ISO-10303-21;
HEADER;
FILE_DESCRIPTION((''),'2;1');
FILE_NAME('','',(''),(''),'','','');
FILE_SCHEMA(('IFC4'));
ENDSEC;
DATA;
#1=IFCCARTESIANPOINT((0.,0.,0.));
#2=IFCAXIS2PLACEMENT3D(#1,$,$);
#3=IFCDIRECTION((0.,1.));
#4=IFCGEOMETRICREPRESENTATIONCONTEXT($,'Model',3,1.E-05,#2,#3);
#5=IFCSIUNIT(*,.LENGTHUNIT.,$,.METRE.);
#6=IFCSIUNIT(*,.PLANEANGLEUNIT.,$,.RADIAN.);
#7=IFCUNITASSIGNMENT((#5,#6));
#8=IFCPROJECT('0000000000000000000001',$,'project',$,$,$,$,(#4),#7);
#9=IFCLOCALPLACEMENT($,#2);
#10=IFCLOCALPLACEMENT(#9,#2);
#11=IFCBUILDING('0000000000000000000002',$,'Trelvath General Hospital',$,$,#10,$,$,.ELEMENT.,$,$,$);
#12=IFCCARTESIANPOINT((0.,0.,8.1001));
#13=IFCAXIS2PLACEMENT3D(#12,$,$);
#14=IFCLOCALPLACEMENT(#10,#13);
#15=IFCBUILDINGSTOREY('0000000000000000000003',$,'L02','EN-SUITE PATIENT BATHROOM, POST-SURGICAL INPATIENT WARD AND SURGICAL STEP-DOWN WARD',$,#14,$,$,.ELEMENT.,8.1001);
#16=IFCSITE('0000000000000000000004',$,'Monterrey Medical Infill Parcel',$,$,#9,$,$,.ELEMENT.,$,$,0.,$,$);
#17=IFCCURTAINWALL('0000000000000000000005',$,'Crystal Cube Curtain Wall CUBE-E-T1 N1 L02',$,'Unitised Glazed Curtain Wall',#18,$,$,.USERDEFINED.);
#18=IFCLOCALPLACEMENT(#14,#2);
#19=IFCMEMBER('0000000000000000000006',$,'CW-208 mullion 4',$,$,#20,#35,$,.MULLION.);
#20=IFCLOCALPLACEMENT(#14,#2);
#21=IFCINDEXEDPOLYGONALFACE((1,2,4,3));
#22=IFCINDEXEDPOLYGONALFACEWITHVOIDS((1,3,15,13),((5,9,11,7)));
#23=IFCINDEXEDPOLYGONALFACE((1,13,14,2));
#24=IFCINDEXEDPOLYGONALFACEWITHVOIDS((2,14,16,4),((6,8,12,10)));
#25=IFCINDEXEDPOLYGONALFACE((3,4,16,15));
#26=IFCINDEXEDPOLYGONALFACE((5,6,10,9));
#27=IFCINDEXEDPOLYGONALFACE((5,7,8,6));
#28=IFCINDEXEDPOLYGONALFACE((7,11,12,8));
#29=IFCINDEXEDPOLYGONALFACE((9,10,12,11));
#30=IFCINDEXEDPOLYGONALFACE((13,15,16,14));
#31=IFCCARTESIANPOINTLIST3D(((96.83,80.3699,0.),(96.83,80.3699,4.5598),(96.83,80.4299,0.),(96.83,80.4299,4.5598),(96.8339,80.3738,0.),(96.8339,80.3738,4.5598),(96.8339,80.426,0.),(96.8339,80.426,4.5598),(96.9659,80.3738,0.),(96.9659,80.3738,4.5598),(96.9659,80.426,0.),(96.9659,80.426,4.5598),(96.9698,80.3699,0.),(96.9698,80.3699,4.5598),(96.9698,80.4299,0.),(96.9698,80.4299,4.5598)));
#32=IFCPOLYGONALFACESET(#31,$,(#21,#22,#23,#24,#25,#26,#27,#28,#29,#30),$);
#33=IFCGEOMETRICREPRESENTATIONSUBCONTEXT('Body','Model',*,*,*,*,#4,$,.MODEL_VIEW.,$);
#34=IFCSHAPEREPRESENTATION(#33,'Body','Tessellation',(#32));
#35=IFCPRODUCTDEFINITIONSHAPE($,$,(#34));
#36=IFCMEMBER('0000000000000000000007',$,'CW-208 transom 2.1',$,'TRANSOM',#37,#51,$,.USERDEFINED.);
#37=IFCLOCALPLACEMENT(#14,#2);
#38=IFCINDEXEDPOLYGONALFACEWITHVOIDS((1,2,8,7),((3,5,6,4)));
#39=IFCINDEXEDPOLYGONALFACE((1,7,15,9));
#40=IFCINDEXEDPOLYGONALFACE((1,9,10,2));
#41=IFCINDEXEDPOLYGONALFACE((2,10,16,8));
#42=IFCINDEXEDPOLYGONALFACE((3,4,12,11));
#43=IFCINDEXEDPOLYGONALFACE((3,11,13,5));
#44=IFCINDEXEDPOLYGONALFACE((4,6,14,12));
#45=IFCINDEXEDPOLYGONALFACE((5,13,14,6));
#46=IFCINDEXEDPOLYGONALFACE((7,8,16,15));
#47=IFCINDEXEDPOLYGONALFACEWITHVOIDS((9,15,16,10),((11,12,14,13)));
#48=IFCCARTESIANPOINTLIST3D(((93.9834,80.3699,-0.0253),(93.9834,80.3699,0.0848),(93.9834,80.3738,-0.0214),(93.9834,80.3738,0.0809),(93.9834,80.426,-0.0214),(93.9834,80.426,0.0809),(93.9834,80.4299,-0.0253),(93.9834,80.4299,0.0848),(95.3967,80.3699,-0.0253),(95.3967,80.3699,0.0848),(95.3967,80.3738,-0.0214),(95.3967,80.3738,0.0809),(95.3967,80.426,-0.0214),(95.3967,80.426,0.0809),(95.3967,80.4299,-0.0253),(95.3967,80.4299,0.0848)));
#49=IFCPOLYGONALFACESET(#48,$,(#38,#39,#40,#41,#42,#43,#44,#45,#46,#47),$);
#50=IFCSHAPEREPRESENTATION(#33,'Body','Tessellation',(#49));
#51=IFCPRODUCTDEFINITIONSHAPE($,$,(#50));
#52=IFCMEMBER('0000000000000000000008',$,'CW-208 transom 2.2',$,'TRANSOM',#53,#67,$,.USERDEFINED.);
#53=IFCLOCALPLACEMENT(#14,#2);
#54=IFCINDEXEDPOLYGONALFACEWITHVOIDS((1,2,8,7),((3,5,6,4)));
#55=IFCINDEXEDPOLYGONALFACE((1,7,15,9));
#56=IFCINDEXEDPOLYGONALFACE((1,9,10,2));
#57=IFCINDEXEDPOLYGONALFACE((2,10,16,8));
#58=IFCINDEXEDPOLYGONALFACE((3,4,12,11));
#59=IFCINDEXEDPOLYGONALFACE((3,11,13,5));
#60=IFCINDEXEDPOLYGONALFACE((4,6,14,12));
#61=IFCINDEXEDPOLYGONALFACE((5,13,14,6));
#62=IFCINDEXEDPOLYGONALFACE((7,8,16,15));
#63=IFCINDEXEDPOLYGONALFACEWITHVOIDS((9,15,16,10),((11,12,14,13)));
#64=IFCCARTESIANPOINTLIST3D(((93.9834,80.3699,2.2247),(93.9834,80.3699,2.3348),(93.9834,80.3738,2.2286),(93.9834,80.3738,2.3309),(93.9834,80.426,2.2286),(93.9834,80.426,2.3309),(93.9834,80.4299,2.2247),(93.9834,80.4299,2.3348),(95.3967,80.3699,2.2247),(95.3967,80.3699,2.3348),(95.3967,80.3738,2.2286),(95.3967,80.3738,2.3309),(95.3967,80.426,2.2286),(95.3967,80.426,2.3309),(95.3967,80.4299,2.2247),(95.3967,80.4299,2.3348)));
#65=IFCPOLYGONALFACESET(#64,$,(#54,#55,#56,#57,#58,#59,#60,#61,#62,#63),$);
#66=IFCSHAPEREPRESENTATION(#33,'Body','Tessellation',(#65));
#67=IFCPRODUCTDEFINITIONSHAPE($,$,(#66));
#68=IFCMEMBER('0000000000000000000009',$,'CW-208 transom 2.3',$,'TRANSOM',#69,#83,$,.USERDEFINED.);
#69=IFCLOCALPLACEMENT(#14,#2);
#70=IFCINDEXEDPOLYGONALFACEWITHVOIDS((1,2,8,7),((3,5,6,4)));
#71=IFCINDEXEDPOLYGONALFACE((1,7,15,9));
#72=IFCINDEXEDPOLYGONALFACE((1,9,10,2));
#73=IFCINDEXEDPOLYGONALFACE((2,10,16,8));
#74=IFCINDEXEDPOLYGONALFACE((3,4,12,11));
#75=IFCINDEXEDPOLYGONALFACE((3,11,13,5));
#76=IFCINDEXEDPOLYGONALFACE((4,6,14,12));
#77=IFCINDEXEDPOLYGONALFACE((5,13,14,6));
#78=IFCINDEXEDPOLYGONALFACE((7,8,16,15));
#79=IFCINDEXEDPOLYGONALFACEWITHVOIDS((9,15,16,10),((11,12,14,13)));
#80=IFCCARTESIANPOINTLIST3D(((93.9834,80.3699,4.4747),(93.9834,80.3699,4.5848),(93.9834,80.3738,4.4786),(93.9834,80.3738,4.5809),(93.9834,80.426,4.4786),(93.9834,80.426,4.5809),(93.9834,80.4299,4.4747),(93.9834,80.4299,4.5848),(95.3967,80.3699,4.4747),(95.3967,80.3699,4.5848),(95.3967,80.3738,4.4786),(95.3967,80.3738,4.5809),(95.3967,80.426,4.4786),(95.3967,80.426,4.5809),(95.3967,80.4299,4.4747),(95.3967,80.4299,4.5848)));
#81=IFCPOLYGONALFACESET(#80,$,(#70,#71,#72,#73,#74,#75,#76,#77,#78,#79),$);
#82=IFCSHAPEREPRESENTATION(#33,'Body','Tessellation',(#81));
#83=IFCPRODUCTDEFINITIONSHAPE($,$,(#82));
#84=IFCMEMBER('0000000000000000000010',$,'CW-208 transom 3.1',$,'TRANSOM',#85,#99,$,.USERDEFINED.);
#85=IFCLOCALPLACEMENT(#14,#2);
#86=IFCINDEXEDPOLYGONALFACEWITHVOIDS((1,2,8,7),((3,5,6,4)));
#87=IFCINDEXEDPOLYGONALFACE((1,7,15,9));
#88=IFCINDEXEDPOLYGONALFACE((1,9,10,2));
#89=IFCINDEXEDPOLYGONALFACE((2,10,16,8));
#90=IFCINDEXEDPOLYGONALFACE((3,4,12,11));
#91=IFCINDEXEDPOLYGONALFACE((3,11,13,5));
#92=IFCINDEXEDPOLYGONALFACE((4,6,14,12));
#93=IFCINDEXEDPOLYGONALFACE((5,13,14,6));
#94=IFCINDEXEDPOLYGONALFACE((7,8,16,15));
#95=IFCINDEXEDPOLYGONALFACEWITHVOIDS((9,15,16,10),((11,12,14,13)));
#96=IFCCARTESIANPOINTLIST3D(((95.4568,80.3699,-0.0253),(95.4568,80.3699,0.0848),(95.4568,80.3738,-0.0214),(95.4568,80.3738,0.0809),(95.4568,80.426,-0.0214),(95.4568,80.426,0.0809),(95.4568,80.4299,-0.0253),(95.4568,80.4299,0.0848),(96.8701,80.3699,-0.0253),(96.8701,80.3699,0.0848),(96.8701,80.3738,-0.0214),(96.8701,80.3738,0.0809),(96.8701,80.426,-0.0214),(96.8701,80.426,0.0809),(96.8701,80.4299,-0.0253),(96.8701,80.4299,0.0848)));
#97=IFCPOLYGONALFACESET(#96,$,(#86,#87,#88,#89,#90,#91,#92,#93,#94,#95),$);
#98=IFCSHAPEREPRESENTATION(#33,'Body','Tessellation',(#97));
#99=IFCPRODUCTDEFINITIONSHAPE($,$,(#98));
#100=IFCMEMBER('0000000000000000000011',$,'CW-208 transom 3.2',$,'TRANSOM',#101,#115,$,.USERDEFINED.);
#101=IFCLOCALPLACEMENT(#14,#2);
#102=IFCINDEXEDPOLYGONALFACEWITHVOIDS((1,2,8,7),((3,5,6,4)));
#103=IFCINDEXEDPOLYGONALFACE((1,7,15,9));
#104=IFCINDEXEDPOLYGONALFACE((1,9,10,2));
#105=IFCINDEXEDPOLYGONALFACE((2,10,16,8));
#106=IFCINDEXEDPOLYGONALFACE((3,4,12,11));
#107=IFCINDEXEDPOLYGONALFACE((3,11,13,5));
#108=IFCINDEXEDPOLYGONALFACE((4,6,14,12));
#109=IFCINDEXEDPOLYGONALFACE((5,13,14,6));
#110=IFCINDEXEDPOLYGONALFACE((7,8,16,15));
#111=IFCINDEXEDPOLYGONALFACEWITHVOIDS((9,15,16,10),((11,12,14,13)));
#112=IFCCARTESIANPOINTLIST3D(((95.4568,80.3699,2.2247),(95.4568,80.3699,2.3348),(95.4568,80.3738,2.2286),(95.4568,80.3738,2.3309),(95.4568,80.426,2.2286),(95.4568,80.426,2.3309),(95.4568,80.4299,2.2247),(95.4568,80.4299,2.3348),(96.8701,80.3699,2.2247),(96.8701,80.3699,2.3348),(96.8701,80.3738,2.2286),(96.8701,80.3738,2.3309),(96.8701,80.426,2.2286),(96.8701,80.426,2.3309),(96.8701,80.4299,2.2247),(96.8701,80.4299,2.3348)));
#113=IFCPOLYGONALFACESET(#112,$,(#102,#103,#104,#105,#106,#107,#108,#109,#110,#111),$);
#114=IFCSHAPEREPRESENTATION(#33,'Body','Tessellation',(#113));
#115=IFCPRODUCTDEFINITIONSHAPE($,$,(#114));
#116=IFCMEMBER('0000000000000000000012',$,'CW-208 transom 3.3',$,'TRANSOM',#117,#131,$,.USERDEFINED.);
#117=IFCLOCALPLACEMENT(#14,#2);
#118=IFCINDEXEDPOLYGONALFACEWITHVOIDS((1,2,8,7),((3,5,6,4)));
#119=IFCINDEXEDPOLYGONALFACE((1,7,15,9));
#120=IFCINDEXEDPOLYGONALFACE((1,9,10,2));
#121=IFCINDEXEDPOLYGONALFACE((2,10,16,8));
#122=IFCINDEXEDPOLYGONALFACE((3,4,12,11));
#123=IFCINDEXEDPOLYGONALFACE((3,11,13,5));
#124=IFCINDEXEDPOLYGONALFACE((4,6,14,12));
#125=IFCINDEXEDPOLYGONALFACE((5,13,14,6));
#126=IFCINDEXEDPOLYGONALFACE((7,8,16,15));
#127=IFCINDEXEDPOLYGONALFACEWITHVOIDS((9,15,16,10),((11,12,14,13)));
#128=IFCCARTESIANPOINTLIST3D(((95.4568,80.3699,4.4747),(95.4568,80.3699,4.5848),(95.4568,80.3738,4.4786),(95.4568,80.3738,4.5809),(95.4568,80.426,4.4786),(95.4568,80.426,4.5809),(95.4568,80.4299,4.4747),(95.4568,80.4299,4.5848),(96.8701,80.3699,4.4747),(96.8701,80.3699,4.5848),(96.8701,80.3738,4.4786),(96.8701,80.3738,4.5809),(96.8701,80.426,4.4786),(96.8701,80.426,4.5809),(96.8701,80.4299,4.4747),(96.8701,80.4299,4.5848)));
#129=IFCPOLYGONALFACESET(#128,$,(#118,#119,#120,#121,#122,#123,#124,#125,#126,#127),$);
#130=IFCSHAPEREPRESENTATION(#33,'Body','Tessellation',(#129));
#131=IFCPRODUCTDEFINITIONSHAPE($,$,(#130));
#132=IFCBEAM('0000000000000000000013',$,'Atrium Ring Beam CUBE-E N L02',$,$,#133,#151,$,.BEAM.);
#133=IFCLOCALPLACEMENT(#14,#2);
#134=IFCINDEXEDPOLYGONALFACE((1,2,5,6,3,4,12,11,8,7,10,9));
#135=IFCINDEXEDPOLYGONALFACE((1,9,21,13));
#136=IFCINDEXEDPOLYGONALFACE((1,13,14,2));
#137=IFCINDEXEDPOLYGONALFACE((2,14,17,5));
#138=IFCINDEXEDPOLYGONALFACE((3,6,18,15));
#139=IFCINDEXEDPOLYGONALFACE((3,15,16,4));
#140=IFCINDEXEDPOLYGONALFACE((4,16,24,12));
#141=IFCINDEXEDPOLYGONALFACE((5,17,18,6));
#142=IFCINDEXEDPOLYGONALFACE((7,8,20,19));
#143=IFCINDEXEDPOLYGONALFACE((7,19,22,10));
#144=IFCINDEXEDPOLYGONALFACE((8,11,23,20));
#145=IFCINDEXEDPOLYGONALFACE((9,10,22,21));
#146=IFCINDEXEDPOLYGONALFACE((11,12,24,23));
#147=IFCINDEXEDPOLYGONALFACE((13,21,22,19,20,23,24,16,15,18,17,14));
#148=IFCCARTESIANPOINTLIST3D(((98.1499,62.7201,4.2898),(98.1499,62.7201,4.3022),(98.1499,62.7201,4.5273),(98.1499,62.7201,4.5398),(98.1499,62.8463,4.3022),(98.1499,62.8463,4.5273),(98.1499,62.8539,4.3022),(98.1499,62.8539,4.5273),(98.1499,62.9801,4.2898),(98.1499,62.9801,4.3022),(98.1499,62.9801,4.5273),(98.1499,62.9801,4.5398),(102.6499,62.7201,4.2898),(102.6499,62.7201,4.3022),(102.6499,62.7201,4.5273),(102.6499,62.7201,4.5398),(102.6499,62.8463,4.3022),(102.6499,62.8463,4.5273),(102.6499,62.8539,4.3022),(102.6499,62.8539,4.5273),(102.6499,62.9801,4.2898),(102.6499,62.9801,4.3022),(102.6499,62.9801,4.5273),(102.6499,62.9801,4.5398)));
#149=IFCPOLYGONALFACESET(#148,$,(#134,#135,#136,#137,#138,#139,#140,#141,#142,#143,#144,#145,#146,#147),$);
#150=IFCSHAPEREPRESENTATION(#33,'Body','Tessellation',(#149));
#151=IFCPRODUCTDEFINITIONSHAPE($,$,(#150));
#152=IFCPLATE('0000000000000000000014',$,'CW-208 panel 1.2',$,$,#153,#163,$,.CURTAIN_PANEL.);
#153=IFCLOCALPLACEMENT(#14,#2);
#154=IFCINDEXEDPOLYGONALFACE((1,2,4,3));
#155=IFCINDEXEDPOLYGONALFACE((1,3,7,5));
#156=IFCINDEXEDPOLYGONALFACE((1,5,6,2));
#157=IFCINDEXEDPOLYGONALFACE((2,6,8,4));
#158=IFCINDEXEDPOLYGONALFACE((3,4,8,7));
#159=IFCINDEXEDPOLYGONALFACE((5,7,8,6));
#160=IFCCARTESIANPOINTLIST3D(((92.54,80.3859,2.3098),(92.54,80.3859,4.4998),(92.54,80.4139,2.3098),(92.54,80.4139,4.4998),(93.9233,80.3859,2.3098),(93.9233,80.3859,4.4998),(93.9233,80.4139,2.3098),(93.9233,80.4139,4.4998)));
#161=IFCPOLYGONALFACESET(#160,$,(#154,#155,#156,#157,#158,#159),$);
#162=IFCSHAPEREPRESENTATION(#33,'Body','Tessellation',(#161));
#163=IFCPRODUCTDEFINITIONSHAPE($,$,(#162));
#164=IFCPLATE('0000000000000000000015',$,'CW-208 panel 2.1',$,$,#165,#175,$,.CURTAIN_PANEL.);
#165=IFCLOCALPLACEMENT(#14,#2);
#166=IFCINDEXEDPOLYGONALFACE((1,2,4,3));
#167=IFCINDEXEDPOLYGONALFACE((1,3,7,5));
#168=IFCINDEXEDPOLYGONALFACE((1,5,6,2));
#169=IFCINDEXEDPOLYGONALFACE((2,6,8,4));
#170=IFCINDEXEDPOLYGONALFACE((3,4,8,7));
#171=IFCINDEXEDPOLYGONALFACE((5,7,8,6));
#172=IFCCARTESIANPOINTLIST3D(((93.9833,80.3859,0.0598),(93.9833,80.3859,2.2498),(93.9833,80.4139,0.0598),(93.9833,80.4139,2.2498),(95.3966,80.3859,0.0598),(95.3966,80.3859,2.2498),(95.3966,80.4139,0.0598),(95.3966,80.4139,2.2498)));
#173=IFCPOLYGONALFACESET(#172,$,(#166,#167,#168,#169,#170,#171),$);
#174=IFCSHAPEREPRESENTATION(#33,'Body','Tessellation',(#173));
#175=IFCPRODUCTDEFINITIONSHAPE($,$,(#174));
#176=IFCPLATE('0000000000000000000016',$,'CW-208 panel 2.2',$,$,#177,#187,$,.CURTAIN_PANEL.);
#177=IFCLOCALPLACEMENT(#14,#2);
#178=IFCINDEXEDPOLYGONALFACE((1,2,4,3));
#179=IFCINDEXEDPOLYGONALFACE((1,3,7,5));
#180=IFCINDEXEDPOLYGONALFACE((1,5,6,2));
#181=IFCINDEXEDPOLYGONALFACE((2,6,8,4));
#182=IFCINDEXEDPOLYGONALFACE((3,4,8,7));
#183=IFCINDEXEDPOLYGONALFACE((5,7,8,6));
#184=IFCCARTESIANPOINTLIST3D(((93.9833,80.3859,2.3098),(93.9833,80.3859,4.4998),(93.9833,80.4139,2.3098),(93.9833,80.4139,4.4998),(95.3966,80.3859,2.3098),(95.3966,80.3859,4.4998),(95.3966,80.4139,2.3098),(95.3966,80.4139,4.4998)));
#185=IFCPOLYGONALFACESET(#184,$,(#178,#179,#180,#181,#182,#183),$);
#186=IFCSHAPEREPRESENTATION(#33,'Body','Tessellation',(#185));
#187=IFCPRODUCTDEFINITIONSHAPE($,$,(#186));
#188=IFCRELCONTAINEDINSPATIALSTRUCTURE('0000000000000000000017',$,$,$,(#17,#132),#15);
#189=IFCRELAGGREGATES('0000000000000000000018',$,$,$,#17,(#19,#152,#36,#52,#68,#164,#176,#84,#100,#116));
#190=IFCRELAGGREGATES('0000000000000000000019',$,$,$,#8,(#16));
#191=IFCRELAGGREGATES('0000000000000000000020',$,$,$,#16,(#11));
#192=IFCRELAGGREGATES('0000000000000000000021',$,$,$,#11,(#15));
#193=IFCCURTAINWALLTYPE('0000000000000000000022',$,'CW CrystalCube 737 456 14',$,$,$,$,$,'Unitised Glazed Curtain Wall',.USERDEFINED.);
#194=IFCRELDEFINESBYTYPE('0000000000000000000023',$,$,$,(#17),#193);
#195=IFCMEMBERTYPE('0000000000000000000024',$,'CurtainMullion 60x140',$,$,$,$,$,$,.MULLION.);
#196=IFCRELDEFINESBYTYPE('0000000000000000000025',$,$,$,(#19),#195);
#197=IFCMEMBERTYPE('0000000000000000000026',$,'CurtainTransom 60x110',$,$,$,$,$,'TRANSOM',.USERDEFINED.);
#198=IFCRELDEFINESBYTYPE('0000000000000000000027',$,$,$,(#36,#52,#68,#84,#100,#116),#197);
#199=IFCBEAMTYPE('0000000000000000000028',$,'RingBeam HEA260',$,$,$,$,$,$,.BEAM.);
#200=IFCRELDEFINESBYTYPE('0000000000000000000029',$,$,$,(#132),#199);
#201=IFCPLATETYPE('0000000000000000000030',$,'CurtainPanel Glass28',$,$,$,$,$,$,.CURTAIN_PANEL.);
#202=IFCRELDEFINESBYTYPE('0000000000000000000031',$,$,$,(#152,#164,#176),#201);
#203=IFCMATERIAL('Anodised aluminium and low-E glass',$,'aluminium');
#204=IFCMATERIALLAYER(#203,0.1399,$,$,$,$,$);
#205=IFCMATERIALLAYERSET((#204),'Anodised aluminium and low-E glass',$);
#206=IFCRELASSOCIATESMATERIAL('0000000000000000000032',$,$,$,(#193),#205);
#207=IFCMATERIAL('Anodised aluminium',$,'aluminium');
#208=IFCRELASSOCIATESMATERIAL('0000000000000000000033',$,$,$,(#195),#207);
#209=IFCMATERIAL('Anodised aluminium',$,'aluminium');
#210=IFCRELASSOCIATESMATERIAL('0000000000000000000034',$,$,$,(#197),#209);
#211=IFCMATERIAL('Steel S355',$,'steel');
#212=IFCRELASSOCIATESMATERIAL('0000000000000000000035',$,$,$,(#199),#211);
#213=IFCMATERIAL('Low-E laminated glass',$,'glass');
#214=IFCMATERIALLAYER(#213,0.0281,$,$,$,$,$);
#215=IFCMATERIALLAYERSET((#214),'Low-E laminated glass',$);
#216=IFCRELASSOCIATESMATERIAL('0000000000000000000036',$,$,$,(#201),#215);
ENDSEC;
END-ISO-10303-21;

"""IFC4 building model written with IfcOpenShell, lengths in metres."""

from ifc_helpers import new_model, si_unit, direction, frame, origin, origin_2d, place, context, subcontext, project, spatial, rectangle, hollow_rectangle, i_section, extrude, material, layer, layer_set, material_profile, profile_set, type_object, element, aggregate, save


model = new_model("IFC4")

# Units and contexts
model_context = context("Model", 3, precision=1e-05, world=origin(), true_north=direction((0.0, 1.0)))
body_context = subcontext(model_context, "Body", "Model", "MODEL_VIEW")
ifc_project = project(units=[si_unit("LENGTHUNIT", "METRE"), si_unit("PLANEANGLEUNIT", "RADIAN")], contexts=[model_context])

# Site, building, storey
site_placement = place(None, origin())
site = spatial("IfcSite", under=ifc_project, at=site_placement, Name="Monterrey Medical Infill Parcel", CompositionType="ELEMENT", RefElevation=0.0)
building_placement = place(site_placement, origin())
building = spatial("IfcBuilding", under=site, at=building_placement, Name="Trelvath General Hospital", CompositionType="ELEMENT")
storey_placement = place(building_placement, frame((0.0, 0.0, 8.1001)))
storey = spatial("IfcBuildingStorey", under=building, at=storey_placement, Name="L02", Description="EN-SUITE PATIENT BATHROOM, POST-SURGICAL INPATIENT WARD AND SURGICAL STEP-DOWN WARD", CompositionType="ELEMENT", Elevation=8.1001)

# Curtain wall, members
ifc_material_1 = material(Name="Anodised aluminium and low-E glass", Category="aluminium")
ifc_layer_1 = layer(ifc_material_1, 0.1399)
ifc_layer_set_1 = layer_set([ifc_layer_1], Name="Anodised aluminium and low-E glass")
curtain_wall_type = type_object("IfcCurtainWallType", Name="CW CrystalCube 737 456 14", ElementType="Unitised Glazed Curtain Wall", PredefinedType="USERDEFINED", material=ifc_layer_set_1)
curtain_wall_placement = place(storey_placement, origin())
curtain_wall = element("IfcCurtainWall", 1, at=curtain_wall_placement, inside=storey, type_object=curtain_wall_type, Name="Crystal Cube Curtain Wall CUBE-E-T1 N1 L02", ObjectType="Unitised Glazed Curtain Wall", PredefinedType="USERDEFINED")
ifc_material_2 = material(Name="Anodised aluminium", Category="aluminium")
ifc_material_profile_1 = material_profile(ifc_material_2, hollow_rectangle(XDim=0.0601, YDim=0.1399, WallThickness=0.0039, at=origin_2d()), Name="RHS60x140x4")
ifc_profile_set_1 = profile_set([ifc_material_profile_1], Name="Anodised aluminium")
member_type_1 = type_object("IfcMemberType", Name="CurtainMullion 60x140", PredefinedType="MULLION", material=ifc_profile_set_1)
member_1_placement = place(storey_placement, frame((96.8999, 80.3999, 0.0), z_axis=(0.0, 0.0, 1.0), x_axis=(0.0, 1.0, 0.0)))
member_1 = element("IfcMember", 2, at=member_1_placement, type_object=member_type_1, Name="CW-208 mullion 4", PredefinedType="MULLION", context=body_context, shape_type="SweptSolid", body=[
    extrude(hollow_rectangle(XDim=0.0601, YDim=0.1399, WallThickness=0.0039, at=origin_2d()), origin(), (0.0, 0.0, 1.0), 4.5598),
])
ifc_material_3 = material(Name="Anodised aluminium", Category="aluminium")
ifc_material_profile_2 = material_profile(ifc_material_3, hollow_rectangle(XDim=0.0601, YDim=0.1101, WallThickness=0.0039, at=origin_2d()), Name="RHS60x110x4")
ifc_profile_set_2 = profile_set([ifc_material_profile_2], Name="Anodised aluminium")
member_type_2 = type_object("IfcMemberType", Name="CurtainTransom 60x110", ElementType="TRANSOM", PredefinedType="USERDEFINED", material=ifc_profile_set_2)
member_2_placement = place(storey_placement, frame((93.9834, 80.3999, 0.0298), z_axis=(1.0, 0.0, 0.0), x_axis=(0.0, 1.0, 0.0)))
member_2 = element("IfcMember", 3, at=member_2_placement, type_object=member_type_2, Name="CW-208 transom 2.1", ObjectType="TRANSOM", PredefinedType="USERDEFINED", context=body_context, shape_type="SweptSolid", body=[
    extrude(hollow_rectangle(XDim=0.0601, YDim=0.1101, WallThickness=0.0039, at=origin_2d()), origin(), (0.0, 0.0, 1.0), 1.4133),
])
member_3_placement = place(storey_placement, frame((93.9834, 80.3999, 2.2798), z_axis=(1.0, 0.0, 0.0), x_axis=(0.0, 1.0, 0.0)))
member_3 = element("IfcMember", 4, at=member_3_placement, type_object=member_type_2, Name="CW-208 transom 2.2", ObjectType="TRANSOM", PredefinedType="USERDEFINED", context=body_context, shape_type="SweptSolid", body=[
    extrude(hollow_rectangle(XDim=0.0601, YDim=0.1101, WallThickness=0.0039, at=origin_2d()), origin(), (0.0, 0.0, 1.0), 1.4133),
])
member_4_placement = place(storey_placement, frame((93.9834, 80.3999, 4.5298), z_axis=(1.0, 0.0, 0.0), x_axis=(0.0, 1.0, 0.0)))
member_4 = element("IfcMember", 5, at=member_4_placement, type_object=member_type_2, Name="CW-208 transom 2.3", ObjectType="TRANSOM", PredefinedType="USERDEFINED", context=body_context, shape_type="SweptSolid", body=[
    extrude(hollow_rectangle(XDim=0.0601, YDim=0.1101, WallThickness=0.0039, at=origin_2d()), origin(), (0.0, 0.0, 1.0), 1.4133),
])
member_5_placement = place(storey_placement, frame((95.4568, 80.3999, 0.0298), z_axis=(1.0, 0.0, 0.0), x_axis=(0.0, 1.0, 0.0)))
member_5 = element("IfcMember", 6, at=member_5_placement, type_object=member_type_2, Name="CW-208 transom 3.1", ObjectType="TRANSOM", PredefinedType="USERDEFINED", context=body_context, shape_type="SweptSolid", body=[
    extrude(hollow_rectangle(XDim=0.0601, YDim=0.1101, WallThickness=0.0039, at=origin_2d()), origin(), (0.0, 0.0, 1.0), 1.4133),
])
member_6_placement = place(storey_placement, frame((95.4568, 80.3999, 2.2798), z_axis=(1.0, 0.0, 0.0), x_axis=(0.0, 1.0, 0.0)))
member_6 = element("IfcMember", 7, at=member_6_placement, type_object=member_type_2, Name="CW-208 transom 3.2", ObjectType="TRANSOM", PredefinedType="USERDEFINED", context=body_context, shape_type="SweptSolid", body=[
    extrude(hollow_rectangle(XDim=0.0601, YDim=0.1101, WallThickness=0.0039, at=origin_2d()), origin(), (0.0, 0.0, 1.0), 1.4133),
])
member_7_placement = place(storey_placement, frame((95.4568, 80.3999, 4.5298), z_axis=(1.0, 0.0, 0.0), x_axis=(0.0, 1.0, 0.0)))
member_7 = element("IfcMember", 8, at=member_7_placement, type_object=member_type_2, Name="CW-208 transom 3.3", ObjectType="TRANSOM", PredefinedType="USERDEFINED", context=body_context, shape_type="SweptSolid", body=[
    extrude(hollow_rectangle(XDim=0.0601, YDim=0.1101, WallThickness=0.0039, at=origin_2d()), origin(), (0.0, 0.0, 1.0), 1.4133),
])

# Beam
ifc_material_4 = material(Name="Steel S355", Category="steel")
ifc_material_profile_3 = material_profile(ifc_material_4, i_section(OverallWidth=0.26, OverallDepth=0.25, WebThickness=0.0076, FlangeThickness=0.0125, at=origin_2d()), Name="HEA260")
ifc_profile_set_3 = profile_set([ifc_material_profile_3], Name="Steel S355")
beam_type_1 = type_object("IfcBeamType", Name="RingBeam HEA260", PredefinedType="BEAM", material=ifc_profile_set_3)
beam_1_placement = place(storey_placement, frame((98.1499, 62.8501, 4.4148), z_axis=(1.0, 0.0, 0.0), x_axis=(0.0, 1.0, 0.0)))
element("IfcBeam", 9, at=beam_1_placement, inside=storey, type_object=beam_type_1, Name="Atrium Ring Beam CUBE-E N L02", PredefinedType="BEAM", context=body_context, shape_type="SweptSolid", body=[
    extrude(i_section(OverallWidth=0.26, OverallDepth=0.25, WebThickness=0.0076, FlangeThickness=0.0125, at=origin_2d()), origin(), (0.0, 0.0, 1.0), 4.5),
])

# Plates
ifc_material_5 = material(Name="Low-E laminated glass", Category="glass")
ifc_layer_2 = layer(ifc_material_5, 0.0281)
ifc_layer_set_2 = layer_set([ifc_layer_2], Name="Low-E laminated glass")
plate_type = type_object("IfcPlateType", Name="CurtainPanel Glass28", PredefinedType="CURTAIN_PANEL", material=ifc_layer_set_2)
plate_1_placement = place(storey_placement, frame((93.2317, 80.3999, 2.3098), z_axis=(0.0, 0.0, 1.0), x_axis=(1.0, 0.0, 0.0)))
plate_1 = element("IfcPlate", 10, at=plate_1_placement, type_object=plate_type, Name="CW-208 panel 1.2", PredefinedType="CURTAIN_PANEL", context=body_context, shape_type="SweptSolid", body=[
    extrude(rectangle(XDim=1.3833, YDim=0.0281, at=origin_2d()), origin(), (0.0, 0.0, 1.0), 2.1899),
])
plate_2_placement = place(storey_placement, frame((94.6899, 80.3999, 0.0598), z_axis=(0.0, 0.0, 1.0), x_axis=(1.0, 0.0, 0.0)))
plate_2 = element("IfcPlate", 11, at=plate_2_placement, type_object=plate_type, Name="CW-208 panel 2.1", PredefinedType="CURTAIN_PANEL", context=body_context, shape_type="SweptSolid", body=[
    extrude(rectangle(XDim=1.4133, YDim=0.0281, at=origin_2d()), origin(), (0.0, 0.0, 1.0), 2.1899),
])
plate_3_placement = place(storey_placement, frame((94.6899, 80.3999, 2.3098), z_axis=(0.0, 0.0, 1.0), x_axis=(1.0, 0.0, 0.0)))
plate_3 = element("IfcPlate", 12, at=plate_3_placement, type_object=plate_type, Name="CW-208 panel 2.2", PredefinedType="CURTAIN_PANEL", context=body_context, shape_type="SweptSolid", body=[
    extrude(rectangle(XDim=1.4133, YDim=0.0281, at=origin_2d()), origin(), (0.0, 0.0, 1.0), 2.1899),
])
aggregate(curtain_wall, [member_1, plate_1, member_2, member_3, member_4, plate_2, plate_3, member_5, member_6, member_7])

save(model, "model.ifc")
